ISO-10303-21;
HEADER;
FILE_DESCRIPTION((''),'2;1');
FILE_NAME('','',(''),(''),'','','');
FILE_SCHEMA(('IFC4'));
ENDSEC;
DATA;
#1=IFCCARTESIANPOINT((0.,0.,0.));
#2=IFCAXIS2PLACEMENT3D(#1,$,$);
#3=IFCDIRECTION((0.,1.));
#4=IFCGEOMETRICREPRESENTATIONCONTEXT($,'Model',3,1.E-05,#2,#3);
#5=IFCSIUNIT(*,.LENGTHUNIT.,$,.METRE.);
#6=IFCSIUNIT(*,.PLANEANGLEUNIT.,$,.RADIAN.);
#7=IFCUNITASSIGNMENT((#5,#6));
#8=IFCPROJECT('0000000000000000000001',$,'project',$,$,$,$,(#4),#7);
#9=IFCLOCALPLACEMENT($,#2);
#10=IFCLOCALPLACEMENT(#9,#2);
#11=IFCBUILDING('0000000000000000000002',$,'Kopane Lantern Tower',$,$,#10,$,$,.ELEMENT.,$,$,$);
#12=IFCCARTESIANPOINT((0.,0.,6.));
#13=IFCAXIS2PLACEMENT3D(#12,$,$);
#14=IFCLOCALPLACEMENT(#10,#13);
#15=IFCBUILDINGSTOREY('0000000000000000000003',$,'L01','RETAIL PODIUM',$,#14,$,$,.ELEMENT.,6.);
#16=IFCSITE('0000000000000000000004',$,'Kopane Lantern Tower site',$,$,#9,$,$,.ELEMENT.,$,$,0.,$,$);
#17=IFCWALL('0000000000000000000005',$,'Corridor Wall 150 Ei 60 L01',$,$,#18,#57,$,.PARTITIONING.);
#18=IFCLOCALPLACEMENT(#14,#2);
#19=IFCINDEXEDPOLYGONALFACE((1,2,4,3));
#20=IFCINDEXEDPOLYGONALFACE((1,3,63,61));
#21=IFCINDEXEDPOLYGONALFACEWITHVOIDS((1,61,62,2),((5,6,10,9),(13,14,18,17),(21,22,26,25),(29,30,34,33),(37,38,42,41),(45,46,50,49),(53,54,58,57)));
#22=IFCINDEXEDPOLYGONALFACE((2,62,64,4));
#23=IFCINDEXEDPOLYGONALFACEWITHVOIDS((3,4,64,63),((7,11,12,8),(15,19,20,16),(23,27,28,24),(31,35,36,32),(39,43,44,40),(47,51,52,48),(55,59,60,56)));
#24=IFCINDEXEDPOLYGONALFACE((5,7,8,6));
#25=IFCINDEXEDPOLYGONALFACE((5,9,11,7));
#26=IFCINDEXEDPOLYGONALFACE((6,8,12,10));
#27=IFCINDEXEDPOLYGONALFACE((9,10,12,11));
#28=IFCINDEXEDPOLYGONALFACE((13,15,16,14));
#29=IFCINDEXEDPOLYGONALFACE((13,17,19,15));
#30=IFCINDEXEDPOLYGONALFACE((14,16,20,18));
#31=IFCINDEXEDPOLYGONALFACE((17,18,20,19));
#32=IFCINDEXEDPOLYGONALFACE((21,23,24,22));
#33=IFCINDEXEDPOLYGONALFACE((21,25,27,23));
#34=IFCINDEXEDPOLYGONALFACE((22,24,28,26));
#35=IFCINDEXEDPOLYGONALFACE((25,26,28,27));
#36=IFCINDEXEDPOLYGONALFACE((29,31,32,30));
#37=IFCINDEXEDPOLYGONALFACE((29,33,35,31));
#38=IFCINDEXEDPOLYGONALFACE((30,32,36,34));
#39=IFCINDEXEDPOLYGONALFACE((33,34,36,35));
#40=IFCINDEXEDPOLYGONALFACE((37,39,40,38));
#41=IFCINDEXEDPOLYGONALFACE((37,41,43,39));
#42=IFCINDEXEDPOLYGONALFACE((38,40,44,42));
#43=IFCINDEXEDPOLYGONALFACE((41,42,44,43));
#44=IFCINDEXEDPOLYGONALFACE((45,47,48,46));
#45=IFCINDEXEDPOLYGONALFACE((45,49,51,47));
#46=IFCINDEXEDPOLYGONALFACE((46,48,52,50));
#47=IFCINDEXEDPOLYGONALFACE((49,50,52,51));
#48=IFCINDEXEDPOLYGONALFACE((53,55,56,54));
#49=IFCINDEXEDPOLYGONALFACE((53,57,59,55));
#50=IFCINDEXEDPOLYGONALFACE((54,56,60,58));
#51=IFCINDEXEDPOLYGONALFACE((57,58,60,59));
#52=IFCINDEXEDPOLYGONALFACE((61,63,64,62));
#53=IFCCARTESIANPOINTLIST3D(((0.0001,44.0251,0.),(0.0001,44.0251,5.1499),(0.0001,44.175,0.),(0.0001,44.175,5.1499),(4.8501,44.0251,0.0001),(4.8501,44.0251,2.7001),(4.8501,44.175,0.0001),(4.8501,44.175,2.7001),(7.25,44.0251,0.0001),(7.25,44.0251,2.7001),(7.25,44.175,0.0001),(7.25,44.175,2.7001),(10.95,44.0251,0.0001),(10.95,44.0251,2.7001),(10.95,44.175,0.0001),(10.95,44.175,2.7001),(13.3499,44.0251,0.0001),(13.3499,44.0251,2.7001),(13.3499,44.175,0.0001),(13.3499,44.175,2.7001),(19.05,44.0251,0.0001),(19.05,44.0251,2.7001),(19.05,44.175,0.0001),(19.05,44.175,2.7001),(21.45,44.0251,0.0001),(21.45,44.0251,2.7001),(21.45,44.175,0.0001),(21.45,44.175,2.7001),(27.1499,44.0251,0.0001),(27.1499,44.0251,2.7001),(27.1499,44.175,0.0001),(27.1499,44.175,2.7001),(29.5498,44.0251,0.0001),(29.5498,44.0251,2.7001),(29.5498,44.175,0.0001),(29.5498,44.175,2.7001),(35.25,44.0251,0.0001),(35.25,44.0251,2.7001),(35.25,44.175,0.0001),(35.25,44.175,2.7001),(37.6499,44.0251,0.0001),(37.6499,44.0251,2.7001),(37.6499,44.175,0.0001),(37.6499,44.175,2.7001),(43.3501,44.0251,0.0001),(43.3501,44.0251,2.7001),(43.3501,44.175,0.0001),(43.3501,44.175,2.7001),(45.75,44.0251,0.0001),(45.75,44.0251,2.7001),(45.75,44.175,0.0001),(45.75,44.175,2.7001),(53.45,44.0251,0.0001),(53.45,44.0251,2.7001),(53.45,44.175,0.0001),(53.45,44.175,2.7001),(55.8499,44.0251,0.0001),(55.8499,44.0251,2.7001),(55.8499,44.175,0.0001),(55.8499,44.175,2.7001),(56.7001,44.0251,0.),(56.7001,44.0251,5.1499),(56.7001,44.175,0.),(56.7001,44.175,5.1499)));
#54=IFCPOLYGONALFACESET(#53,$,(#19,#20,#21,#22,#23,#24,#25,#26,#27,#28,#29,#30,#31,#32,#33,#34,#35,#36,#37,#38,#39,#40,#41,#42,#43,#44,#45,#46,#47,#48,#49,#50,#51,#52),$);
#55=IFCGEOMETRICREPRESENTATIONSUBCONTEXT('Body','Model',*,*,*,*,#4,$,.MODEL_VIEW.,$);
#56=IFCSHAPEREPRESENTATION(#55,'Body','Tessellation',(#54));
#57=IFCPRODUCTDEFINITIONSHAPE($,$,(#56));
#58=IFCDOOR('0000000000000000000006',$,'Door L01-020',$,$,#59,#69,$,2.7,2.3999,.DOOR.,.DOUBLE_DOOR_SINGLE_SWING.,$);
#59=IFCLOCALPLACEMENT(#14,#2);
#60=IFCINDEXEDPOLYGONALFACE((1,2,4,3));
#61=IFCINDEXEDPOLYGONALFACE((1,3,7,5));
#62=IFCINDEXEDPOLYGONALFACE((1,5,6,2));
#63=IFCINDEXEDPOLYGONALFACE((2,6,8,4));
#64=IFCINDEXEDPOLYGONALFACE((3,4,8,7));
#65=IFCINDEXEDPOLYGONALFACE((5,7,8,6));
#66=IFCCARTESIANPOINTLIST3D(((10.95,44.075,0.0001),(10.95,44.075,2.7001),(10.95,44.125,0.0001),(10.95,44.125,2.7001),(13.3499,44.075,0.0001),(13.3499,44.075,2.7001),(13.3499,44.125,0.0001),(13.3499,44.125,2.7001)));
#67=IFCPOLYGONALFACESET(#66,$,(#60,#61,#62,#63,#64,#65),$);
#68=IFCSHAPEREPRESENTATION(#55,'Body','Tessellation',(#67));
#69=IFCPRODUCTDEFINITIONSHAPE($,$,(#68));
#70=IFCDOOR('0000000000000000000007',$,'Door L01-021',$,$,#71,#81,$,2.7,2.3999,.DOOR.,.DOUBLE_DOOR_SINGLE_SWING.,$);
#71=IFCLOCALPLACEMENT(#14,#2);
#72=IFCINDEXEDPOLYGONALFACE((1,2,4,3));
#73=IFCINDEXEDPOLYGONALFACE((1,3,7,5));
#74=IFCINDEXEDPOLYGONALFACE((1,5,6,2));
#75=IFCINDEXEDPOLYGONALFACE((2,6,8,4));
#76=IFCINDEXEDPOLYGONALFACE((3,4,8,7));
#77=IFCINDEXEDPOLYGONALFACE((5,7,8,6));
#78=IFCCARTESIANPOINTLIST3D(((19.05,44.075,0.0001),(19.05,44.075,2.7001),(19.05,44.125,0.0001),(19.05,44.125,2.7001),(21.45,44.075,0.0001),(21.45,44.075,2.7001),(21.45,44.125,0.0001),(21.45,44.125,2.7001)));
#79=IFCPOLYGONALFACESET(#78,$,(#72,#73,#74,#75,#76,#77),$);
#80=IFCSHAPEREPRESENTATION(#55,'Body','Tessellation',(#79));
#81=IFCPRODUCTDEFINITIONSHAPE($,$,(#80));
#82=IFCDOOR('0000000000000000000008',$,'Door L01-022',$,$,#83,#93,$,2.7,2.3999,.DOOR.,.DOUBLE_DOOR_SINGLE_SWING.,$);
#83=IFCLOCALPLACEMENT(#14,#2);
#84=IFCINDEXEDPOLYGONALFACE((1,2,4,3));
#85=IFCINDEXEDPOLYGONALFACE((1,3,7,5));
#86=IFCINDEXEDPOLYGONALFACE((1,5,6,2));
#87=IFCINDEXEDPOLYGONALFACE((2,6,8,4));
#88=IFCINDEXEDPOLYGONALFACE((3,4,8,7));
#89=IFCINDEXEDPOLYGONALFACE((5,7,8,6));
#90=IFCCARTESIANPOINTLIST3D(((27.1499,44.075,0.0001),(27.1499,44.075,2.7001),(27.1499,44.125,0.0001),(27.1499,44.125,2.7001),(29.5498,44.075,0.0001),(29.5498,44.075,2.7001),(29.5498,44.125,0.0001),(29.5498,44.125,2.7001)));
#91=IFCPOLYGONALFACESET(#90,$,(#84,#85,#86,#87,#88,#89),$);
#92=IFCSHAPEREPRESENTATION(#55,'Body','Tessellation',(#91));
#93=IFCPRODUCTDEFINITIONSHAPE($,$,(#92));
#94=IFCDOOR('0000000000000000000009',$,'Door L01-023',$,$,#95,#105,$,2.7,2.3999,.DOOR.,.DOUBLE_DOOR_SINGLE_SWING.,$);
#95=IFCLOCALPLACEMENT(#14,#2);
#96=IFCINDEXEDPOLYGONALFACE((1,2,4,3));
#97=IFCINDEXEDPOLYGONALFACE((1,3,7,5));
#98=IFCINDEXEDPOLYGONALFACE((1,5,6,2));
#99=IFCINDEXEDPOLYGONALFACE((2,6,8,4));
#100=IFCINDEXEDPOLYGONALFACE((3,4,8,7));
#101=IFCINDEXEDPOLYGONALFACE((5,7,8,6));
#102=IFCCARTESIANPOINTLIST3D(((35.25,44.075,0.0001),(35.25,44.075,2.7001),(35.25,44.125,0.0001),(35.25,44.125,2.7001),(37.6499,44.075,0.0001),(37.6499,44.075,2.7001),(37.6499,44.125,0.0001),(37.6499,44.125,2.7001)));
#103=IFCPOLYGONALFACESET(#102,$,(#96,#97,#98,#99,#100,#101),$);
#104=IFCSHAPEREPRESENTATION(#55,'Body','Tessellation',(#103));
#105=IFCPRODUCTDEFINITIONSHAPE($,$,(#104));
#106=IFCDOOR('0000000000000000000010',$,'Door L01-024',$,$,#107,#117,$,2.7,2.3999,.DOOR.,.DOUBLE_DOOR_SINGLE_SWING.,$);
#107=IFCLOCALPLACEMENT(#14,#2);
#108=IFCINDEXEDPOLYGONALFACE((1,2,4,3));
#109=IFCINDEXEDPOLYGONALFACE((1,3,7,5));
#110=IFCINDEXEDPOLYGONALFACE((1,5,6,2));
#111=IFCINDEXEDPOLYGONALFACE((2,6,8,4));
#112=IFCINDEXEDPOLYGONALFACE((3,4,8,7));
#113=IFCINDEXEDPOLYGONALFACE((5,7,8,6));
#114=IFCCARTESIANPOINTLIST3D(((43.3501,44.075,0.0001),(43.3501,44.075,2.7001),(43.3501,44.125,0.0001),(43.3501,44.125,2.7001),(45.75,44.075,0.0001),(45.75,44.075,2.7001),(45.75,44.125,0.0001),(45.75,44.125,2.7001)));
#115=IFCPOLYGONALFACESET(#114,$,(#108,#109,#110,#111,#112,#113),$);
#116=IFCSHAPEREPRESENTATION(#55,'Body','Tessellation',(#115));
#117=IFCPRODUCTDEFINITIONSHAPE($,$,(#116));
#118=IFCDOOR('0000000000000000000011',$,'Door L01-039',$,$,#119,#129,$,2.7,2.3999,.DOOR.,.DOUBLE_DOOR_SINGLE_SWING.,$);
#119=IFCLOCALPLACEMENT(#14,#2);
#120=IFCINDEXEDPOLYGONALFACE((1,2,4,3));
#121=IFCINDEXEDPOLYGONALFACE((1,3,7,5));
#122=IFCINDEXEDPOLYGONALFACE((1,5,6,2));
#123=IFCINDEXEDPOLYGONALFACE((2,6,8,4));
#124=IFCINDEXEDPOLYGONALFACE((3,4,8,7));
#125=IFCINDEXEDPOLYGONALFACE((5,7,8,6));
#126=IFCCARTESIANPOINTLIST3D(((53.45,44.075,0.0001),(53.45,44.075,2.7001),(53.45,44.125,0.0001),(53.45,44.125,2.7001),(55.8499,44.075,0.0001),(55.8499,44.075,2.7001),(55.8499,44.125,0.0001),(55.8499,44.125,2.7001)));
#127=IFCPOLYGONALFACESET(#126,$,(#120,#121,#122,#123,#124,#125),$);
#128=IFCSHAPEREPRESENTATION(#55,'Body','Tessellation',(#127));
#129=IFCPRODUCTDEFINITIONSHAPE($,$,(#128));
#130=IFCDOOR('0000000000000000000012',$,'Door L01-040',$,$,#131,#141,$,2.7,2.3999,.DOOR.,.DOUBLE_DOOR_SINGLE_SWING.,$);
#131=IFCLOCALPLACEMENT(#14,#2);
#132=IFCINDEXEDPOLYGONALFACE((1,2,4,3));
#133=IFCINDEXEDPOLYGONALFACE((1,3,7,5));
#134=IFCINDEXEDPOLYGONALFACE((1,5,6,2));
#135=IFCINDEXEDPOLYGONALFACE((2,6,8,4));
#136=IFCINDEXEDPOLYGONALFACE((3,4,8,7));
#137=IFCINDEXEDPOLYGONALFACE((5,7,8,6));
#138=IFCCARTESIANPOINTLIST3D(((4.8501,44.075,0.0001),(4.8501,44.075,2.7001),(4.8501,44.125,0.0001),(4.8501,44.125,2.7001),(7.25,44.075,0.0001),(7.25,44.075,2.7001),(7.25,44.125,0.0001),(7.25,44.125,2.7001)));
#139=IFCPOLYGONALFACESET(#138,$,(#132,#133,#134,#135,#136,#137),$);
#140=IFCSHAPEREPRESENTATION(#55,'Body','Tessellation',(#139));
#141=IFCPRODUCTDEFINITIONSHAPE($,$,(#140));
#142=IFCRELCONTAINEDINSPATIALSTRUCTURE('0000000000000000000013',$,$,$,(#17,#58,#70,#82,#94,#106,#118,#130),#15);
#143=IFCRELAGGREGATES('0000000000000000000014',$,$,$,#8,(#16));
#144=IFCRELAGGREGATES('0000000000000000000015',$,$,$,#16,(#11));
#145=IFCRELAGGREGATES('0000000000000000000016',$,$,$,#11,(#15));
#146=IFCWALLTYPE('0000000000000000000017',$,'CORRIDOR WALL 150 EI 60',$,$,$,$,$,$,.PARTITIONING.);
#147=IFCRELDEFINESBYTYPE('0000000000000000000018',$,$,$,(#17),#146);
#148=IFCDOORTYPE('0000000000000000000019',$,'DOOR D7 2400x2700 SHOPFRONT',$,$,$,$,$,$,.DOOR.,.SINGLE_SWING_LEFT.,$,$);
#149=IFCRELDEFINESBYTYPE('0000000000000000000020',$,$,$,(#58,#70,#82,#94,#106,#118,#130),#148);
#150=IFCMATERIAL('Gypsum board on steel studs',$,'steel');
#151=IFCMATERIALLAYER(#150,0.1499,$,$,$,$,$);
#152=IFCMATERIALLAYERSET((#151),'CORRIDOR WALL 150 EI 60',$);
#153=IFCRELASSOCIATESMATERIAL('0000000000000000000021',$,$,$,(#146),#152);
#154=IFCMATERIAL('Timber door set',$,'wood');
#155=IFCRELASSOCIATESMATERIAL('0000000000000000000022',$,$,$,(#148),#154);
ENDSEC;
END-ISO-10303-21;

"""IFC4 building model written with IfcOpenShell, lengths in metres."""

from ifc_helpers import new_model, si_unit, direction, frame, frame_2d, origin, place, context, subcontext, project, spatial, rectangle, extrude, material, layer, layer_set, type_object, element, fill, save


model = new_model("IFC4")

# Units and contexts
model_context = context("Model", 3, precision=1e-05, world=origin(), true_north=direction((0.0, 1.0)))
body_context = subcontext(model_context, "Body", "Model", "MODEL_VIEW")
ifc_project = project(units=[si_unit("LENGTHUNIT", "METRE"), si_unit("PLANEANGLEUNIT", "RADIAN")], contexts=[model_context])

# Site, building, storey
site_placement = place(None, origin())
site = spatial("IfcSite", under=ifc_project, at=site_placement, Name="Kopane Lantern Tower site", CompositionType="ELEMENT", RefElevation=0.0)
building_placement = place(site_placement, origin())
building = spatial("IfcBuilding", under=site, at=building_placement, Name="Kopane Lantern Tower", CompositionType="ELEMENT")
storey_placement = place(building_placement, frame((0.0, 0.0, 6.0)))
storey = spatial("IfcBuildingStorey", under=building, at=storey_placement, Name="L01", Description="RETAIL PODIUM", CompositionType="ELEMENT", Elevation=6.0)

# Wall, openings, doors
ifc_material_1 = material(Name="Gypsum board on steel studs", Category="steel")
ifc_layer_1 = layer(ifc_material_1, 0.1499)
ifc_layer_set_1 = layer_set([ifc_layer_1], Name="CORRIDOR WALL 150 EI 60")
wall_type_1 = type_object("IfcWallType", Name="CORRIDOR WALL 150 EI 60", PredefinedType="PARTITIONING", material=ifc_layer_set_1)
wall_1_placement = place(storey_placement, frame((0.0, 44.1001, 0.0), z_axis=(0.0, 0.0, 1.0), x_axis=(1.0, 0.0, 0.0)))
wall_1 = element("IfcWall", 1, at=wall_1_placement, inside=storey, type_object=wall_type_1, Name="Corridor Wall 150 Ei 60 L01", PredefinedType="PARTITIONING", context=body_context, shape_type="SweptSolid", body=[
    extrude(rectangle(XDim=56.7, YDim=0.1499, at=frame_2d((28.3501, 0.0))), origin(), (0.0, 0.0, 1.0), 5.1499),
])
opening_1_placement = place(wall_1_placement, frame((10.95, 0.0, 0.0)))
opening_1 = element("IfcOpeningElement", 2, at=opening_1_placement, cuts=wall_1, PredefinedType="OPENING", context=body_context, shape_type="SweptSolid", body=[
    extrude(rectangle(XDim=2.3999, YDim=2.7, at=frame_2d((1.2, 1.3501))), frame((0.0, 0.085, 0.0), z_axis=(0.0, -1.0, 0.0), x_axis=(1.0, 0.0, 0.0)), (0.0, 0.0, 1.0), 0.1699),
])
opening_2_placement = place(wall_1_placement, frame((19.05, 0.0, 0.0)))
opening_2 = element("IfcOpeningElement", 3, at=opening_2_placement, cuts=wall_1, PredefinedType="OPENING", context=body_context, shape_type="SweptSolid", body=[
    extrude(rectangle(XDim=2.3999, YDim=2.7, at=frame_2d((1.2, 1.3501))), frame((0.0, 0.085, 0.0), z_axis=(0.0, -1.0, 0.0), x_axis=(1.0, 0.0, 0.0)), (0.0, 0.0, 1.0), 0.1699),
])
opening_3_placement = place(wall_1_placement, frame((27.1499, 0.0, 0.0)))
opening_3 = element("IfcOpeningElement", 4, at=opening_3_placement, cuts=wall_1, PredefinedType="OPENING", context=body_context, shape_type="SweptSolid", body=[
    extrude(rectangle(XDim=2.3999, YDim=2.7, at=frame_2d((1.2, 1.3501))), frame((0.0, 0.085, 0.0), z_axis=(0.0, -1.0, 0.0), x_axis=(1.0, 0.0, 0.0)), (0.0, 0.0, 1.0), 0.1699),
])
opening_4_placement = place(wall_1_placement, frame((35.25, 0.0, 0.0)))
opening_4 = element("IfcOpeningElement", 5, at=opening_4_placement, cuts=wall_1, PredefinedType="OPENING", context=body_context, shape_type="SweptSolid", body=[
    extrude(rectangle(XDim=2.3999, YDim=2.7, at=frame_2d((1.2, 1.3501))), frame((0.0, 0.085, 0.0), z_axis=(0.0, -1.0, 0.0), x_axis=(1.0, 0.0, 0.0)), (0.0, 0.0, 1.0), 0.1699),
])
opening_5_placement = place(wall_1_placement, frame((43.3501, 0.0, 0.0)))
opening_5 = element("IfcOpeningElement", 6, at=opening_5_placement, cuts=wall_1, PredefinedType="OPENING", context=body_context, shape_type="SweptSolid", body=[
    extrude(rectangle(XDim=2.3999, YDim=2.7, at=frame_2d((1.2, 1.3501))), frame((0.0, 0.085, 0.0), z_axis=(0.0, -1.0, 0.0), x_axis=(1.0, 0.0, 0.0)), (0.0, 0.0, 1.0), 0.1699),
])
opening_6_placement = place(wall_1_placement, frame((53.45, 0.0, 0.0)))
opening_6 = element("IfcOpeningElement", 7, at=opening_6_placement, cuts=wall_1, PredefinedType="OPENING", context=body_context, shape_type="SweptSolid", body=[
    extrude(rectangle(XDim=2.3999, YDim=2.7, at=frame_2d((1.2, 1.3501))), frame((0.0, 0.085, 0.0), z_axis=(0.0, -1.0, 0.0), x_axis=(1.0, 0.0, 0.0)), (0.0, 0.0, 1.0), 0.1699),
])
opening_7_placement = place(wall_1_placement, frame((4.8501, 0.0, 0.0)))
opening_7 = element("IfcOpeningElement", 8, at=opening_7_placement, cuts=wall_1, PredefinedType="OPENING", context=body_context, shape_type="SweptSolid", body=[
    extrude(rectangle(XDim=2.3999, YDim=2.7, at=frame_2d((1.2, 1.3501))), frame((0.0, 0.085, 0.0), z_axis=(0.0, -1.0, 0.0), x_axis=(1.0, 0.0, 0.0)), (0.0, 0.0, 1.0), 0.1699),
])
ifc_material_2 = material(Name="Timber door set", Category="wood")
door_type_1 = type_object("IfcDoorType", Name="DOOR D7 2400x2700 SHOPFRONT", OperationType="SINGLE_SWING_LEFT", PredefinedType="DOOR", material=ifc_material_2)
door_1_placement = place(opening_1_placement, origin())
door_1 = element("IfcDoor", 9, at=door_1_placement, inside=storey, type_object=door_type_1, Name="Door L01-020", OperationType="DOUBLE_DOOR_SINGLE_SWING", OverallHeight=2.7, OverallWidth=2.3999, PredefinedType="DOOR", context=body_context, shape_type="SweptSolid", body=[
    extrude(rectangle(XDim=2.3999, YDim=2.7, at=frame_2d((1.2, 1.3501))), frame((0.0, 0.0249, 0.0), z_axis=(0.0, -1.0, 0.0), x_axis=(1.0, 0.0, 0.0)), (0.0, 0.0, 1.0), 0.05),
])
fill(opening_1, door_1)
door_2_placement = place(opening_2_placement, origin())
door_2 = element("IfcDoor", 10, at=door_2_placement, inside=storey, type_object=door_type_1, Name="Door L01-021", OperationType="DOUBLE_DOOR_SINGLE_SWING", OverallHeight=2.7, OverallWidth=2.3999, PredefinedType="DOOR", context=body_context, shape_type="SweptSolid", body=[
    extrude(rectangle(XDim=2.3999, YDim=2.7, at=frame_2d((1.2, 1.3501))), frame((0.0, 0.0249, 0.0), z_axis=(0.0, -1.0, 0.0), x_axis=(1.0, 0.0, 0.0)), (0.0, 0.0, 1.0), 0.05),
])
fill(opening_2, door_2)
door_3_placement = place(opening_3_placement, origin())
door_3 = element("IfcDoor", 11, at=door_3_placement, inside=storey, type_object=door_type_1, Name="Door L01-022", OperationType="DOUBLE_DOOR_SINGLE_SWING", OverallHeight=2.7, OverallWidth=2.3999, PredefinedType="DOOR", context=body_context, shape_type="SweptSolid", body=[
    extrude(rectangle(XDim=2.3999, YDim=2.7, at=frame_2d((1.2, 1.3501))), frame((0.0, 0.0249, 0.0), z_axis=(0.0, -1.0, 0.0), x_axis=(1.0, 0.0, 0.0)), (0.0, 0.0, 1.0), 0.05),
])
fill(opening_3, door_3)
door_4_placement = place(opening_4_placement, origin())
door_4 = element("IfcDoor", 12, at=door_4_placement, inside=storey, type_object=door_type_1, Name="Door L01-023", OperationType="DOUBLE_DOOR_SINGLE_SWING", OverallHeight=2.7, OverallWidth=2.3999, PredefinedType="DOOR", context=body_context, shape_type="SweptSolid", body=[
    extrude(rectangle(XDim=2.3999, YDim=2.7, at=frame_2d((1.2, 1.3501))), frame((0.0, 0.0249, 0.0), z_axis=(0.0, -1.0, 0.0), x_axis=(1.0, 0.0, 0.0)), (0.0, 0.0, 1.0), 0.05),
])
fill(opening_4, door_4)
door_5_placement = place(opening_5_placement, origin())
door_5 = element("IfcDoor", 13, at=door_5_placement, inside=storey, type_object=door_type_1, Name="Door L01-024", OperationType="DOUBLE_DOOR_SINGLE_SWING", OverallHeight=2.7, OverallWidth=2.3999, PredefinedType="DOOR", context=body_context, shape_type="SweptSolid", body=[
    extrude(rectangle(XDim=2.3999, YDim=2.7, at=frame_2d((1.2, 1.3501))), frame((0.0, 0.0249, 0.0), z_axis=(0.0, -1.0, 0.0), x_axis=(1.0, 0.0, 0.0)), (0.0, 0.0, 1.0), 0.05),
])
fill(opening_5, door_5)
door_6_placement = place(opening_6_placement, origin())
door_6 = element("IfcDoor", 14, at=door_6_placement, inside=storey, type_object=door_type_1, Name="Door L01-039", OperationType="DOUBLE_DOOR_SINGLE_SWING", OverallHeight=2.7, OverallWidth=2.3999, PredefinedType="DOOR", context=body_context, shape_type="SweptSolid", body=[
    extrude(rectangle(XDim=2.3999, YDim=2.7, at=frame_2d((1.2, 1.3501))), frame((0.0, 0.0249, 0.0), z_axis=(0.0, -1.0, 0.0), x_axis=(1.0, 0.0, 0.0)), (0.0, 0.0, 1.0), 0.05),
])
fill(opening_6, door_6)
door_7_placement = place(opening_7_placement, origin())
door_7 = element("IfcDoor", 15, at=door_7_placement, inside=storey, type_object=door_type_1, Name="Door L01-040", OperationType="DOUBLE_DOOR_SINGLE_SWING", OverallHeight=2.7, OverallWidth=2.3999, PredefinedType="DOOR", context=body_context, shape_type="SweptSolid", body=[
    extrude(rectangle(XDim=2.3999, YDim=2.7, at=frame_2d((1.2, 1.3501))), frame((0.0, 0.0249, 0.0), z_axis=(0.0, -1.0, 0.0), x_axis=(1.0, 0.0, 0.0)), (0.0, 0.0, 1.0), 0.05),
])
fill(opening_7, door_7)

save(model, "model.ifc")
